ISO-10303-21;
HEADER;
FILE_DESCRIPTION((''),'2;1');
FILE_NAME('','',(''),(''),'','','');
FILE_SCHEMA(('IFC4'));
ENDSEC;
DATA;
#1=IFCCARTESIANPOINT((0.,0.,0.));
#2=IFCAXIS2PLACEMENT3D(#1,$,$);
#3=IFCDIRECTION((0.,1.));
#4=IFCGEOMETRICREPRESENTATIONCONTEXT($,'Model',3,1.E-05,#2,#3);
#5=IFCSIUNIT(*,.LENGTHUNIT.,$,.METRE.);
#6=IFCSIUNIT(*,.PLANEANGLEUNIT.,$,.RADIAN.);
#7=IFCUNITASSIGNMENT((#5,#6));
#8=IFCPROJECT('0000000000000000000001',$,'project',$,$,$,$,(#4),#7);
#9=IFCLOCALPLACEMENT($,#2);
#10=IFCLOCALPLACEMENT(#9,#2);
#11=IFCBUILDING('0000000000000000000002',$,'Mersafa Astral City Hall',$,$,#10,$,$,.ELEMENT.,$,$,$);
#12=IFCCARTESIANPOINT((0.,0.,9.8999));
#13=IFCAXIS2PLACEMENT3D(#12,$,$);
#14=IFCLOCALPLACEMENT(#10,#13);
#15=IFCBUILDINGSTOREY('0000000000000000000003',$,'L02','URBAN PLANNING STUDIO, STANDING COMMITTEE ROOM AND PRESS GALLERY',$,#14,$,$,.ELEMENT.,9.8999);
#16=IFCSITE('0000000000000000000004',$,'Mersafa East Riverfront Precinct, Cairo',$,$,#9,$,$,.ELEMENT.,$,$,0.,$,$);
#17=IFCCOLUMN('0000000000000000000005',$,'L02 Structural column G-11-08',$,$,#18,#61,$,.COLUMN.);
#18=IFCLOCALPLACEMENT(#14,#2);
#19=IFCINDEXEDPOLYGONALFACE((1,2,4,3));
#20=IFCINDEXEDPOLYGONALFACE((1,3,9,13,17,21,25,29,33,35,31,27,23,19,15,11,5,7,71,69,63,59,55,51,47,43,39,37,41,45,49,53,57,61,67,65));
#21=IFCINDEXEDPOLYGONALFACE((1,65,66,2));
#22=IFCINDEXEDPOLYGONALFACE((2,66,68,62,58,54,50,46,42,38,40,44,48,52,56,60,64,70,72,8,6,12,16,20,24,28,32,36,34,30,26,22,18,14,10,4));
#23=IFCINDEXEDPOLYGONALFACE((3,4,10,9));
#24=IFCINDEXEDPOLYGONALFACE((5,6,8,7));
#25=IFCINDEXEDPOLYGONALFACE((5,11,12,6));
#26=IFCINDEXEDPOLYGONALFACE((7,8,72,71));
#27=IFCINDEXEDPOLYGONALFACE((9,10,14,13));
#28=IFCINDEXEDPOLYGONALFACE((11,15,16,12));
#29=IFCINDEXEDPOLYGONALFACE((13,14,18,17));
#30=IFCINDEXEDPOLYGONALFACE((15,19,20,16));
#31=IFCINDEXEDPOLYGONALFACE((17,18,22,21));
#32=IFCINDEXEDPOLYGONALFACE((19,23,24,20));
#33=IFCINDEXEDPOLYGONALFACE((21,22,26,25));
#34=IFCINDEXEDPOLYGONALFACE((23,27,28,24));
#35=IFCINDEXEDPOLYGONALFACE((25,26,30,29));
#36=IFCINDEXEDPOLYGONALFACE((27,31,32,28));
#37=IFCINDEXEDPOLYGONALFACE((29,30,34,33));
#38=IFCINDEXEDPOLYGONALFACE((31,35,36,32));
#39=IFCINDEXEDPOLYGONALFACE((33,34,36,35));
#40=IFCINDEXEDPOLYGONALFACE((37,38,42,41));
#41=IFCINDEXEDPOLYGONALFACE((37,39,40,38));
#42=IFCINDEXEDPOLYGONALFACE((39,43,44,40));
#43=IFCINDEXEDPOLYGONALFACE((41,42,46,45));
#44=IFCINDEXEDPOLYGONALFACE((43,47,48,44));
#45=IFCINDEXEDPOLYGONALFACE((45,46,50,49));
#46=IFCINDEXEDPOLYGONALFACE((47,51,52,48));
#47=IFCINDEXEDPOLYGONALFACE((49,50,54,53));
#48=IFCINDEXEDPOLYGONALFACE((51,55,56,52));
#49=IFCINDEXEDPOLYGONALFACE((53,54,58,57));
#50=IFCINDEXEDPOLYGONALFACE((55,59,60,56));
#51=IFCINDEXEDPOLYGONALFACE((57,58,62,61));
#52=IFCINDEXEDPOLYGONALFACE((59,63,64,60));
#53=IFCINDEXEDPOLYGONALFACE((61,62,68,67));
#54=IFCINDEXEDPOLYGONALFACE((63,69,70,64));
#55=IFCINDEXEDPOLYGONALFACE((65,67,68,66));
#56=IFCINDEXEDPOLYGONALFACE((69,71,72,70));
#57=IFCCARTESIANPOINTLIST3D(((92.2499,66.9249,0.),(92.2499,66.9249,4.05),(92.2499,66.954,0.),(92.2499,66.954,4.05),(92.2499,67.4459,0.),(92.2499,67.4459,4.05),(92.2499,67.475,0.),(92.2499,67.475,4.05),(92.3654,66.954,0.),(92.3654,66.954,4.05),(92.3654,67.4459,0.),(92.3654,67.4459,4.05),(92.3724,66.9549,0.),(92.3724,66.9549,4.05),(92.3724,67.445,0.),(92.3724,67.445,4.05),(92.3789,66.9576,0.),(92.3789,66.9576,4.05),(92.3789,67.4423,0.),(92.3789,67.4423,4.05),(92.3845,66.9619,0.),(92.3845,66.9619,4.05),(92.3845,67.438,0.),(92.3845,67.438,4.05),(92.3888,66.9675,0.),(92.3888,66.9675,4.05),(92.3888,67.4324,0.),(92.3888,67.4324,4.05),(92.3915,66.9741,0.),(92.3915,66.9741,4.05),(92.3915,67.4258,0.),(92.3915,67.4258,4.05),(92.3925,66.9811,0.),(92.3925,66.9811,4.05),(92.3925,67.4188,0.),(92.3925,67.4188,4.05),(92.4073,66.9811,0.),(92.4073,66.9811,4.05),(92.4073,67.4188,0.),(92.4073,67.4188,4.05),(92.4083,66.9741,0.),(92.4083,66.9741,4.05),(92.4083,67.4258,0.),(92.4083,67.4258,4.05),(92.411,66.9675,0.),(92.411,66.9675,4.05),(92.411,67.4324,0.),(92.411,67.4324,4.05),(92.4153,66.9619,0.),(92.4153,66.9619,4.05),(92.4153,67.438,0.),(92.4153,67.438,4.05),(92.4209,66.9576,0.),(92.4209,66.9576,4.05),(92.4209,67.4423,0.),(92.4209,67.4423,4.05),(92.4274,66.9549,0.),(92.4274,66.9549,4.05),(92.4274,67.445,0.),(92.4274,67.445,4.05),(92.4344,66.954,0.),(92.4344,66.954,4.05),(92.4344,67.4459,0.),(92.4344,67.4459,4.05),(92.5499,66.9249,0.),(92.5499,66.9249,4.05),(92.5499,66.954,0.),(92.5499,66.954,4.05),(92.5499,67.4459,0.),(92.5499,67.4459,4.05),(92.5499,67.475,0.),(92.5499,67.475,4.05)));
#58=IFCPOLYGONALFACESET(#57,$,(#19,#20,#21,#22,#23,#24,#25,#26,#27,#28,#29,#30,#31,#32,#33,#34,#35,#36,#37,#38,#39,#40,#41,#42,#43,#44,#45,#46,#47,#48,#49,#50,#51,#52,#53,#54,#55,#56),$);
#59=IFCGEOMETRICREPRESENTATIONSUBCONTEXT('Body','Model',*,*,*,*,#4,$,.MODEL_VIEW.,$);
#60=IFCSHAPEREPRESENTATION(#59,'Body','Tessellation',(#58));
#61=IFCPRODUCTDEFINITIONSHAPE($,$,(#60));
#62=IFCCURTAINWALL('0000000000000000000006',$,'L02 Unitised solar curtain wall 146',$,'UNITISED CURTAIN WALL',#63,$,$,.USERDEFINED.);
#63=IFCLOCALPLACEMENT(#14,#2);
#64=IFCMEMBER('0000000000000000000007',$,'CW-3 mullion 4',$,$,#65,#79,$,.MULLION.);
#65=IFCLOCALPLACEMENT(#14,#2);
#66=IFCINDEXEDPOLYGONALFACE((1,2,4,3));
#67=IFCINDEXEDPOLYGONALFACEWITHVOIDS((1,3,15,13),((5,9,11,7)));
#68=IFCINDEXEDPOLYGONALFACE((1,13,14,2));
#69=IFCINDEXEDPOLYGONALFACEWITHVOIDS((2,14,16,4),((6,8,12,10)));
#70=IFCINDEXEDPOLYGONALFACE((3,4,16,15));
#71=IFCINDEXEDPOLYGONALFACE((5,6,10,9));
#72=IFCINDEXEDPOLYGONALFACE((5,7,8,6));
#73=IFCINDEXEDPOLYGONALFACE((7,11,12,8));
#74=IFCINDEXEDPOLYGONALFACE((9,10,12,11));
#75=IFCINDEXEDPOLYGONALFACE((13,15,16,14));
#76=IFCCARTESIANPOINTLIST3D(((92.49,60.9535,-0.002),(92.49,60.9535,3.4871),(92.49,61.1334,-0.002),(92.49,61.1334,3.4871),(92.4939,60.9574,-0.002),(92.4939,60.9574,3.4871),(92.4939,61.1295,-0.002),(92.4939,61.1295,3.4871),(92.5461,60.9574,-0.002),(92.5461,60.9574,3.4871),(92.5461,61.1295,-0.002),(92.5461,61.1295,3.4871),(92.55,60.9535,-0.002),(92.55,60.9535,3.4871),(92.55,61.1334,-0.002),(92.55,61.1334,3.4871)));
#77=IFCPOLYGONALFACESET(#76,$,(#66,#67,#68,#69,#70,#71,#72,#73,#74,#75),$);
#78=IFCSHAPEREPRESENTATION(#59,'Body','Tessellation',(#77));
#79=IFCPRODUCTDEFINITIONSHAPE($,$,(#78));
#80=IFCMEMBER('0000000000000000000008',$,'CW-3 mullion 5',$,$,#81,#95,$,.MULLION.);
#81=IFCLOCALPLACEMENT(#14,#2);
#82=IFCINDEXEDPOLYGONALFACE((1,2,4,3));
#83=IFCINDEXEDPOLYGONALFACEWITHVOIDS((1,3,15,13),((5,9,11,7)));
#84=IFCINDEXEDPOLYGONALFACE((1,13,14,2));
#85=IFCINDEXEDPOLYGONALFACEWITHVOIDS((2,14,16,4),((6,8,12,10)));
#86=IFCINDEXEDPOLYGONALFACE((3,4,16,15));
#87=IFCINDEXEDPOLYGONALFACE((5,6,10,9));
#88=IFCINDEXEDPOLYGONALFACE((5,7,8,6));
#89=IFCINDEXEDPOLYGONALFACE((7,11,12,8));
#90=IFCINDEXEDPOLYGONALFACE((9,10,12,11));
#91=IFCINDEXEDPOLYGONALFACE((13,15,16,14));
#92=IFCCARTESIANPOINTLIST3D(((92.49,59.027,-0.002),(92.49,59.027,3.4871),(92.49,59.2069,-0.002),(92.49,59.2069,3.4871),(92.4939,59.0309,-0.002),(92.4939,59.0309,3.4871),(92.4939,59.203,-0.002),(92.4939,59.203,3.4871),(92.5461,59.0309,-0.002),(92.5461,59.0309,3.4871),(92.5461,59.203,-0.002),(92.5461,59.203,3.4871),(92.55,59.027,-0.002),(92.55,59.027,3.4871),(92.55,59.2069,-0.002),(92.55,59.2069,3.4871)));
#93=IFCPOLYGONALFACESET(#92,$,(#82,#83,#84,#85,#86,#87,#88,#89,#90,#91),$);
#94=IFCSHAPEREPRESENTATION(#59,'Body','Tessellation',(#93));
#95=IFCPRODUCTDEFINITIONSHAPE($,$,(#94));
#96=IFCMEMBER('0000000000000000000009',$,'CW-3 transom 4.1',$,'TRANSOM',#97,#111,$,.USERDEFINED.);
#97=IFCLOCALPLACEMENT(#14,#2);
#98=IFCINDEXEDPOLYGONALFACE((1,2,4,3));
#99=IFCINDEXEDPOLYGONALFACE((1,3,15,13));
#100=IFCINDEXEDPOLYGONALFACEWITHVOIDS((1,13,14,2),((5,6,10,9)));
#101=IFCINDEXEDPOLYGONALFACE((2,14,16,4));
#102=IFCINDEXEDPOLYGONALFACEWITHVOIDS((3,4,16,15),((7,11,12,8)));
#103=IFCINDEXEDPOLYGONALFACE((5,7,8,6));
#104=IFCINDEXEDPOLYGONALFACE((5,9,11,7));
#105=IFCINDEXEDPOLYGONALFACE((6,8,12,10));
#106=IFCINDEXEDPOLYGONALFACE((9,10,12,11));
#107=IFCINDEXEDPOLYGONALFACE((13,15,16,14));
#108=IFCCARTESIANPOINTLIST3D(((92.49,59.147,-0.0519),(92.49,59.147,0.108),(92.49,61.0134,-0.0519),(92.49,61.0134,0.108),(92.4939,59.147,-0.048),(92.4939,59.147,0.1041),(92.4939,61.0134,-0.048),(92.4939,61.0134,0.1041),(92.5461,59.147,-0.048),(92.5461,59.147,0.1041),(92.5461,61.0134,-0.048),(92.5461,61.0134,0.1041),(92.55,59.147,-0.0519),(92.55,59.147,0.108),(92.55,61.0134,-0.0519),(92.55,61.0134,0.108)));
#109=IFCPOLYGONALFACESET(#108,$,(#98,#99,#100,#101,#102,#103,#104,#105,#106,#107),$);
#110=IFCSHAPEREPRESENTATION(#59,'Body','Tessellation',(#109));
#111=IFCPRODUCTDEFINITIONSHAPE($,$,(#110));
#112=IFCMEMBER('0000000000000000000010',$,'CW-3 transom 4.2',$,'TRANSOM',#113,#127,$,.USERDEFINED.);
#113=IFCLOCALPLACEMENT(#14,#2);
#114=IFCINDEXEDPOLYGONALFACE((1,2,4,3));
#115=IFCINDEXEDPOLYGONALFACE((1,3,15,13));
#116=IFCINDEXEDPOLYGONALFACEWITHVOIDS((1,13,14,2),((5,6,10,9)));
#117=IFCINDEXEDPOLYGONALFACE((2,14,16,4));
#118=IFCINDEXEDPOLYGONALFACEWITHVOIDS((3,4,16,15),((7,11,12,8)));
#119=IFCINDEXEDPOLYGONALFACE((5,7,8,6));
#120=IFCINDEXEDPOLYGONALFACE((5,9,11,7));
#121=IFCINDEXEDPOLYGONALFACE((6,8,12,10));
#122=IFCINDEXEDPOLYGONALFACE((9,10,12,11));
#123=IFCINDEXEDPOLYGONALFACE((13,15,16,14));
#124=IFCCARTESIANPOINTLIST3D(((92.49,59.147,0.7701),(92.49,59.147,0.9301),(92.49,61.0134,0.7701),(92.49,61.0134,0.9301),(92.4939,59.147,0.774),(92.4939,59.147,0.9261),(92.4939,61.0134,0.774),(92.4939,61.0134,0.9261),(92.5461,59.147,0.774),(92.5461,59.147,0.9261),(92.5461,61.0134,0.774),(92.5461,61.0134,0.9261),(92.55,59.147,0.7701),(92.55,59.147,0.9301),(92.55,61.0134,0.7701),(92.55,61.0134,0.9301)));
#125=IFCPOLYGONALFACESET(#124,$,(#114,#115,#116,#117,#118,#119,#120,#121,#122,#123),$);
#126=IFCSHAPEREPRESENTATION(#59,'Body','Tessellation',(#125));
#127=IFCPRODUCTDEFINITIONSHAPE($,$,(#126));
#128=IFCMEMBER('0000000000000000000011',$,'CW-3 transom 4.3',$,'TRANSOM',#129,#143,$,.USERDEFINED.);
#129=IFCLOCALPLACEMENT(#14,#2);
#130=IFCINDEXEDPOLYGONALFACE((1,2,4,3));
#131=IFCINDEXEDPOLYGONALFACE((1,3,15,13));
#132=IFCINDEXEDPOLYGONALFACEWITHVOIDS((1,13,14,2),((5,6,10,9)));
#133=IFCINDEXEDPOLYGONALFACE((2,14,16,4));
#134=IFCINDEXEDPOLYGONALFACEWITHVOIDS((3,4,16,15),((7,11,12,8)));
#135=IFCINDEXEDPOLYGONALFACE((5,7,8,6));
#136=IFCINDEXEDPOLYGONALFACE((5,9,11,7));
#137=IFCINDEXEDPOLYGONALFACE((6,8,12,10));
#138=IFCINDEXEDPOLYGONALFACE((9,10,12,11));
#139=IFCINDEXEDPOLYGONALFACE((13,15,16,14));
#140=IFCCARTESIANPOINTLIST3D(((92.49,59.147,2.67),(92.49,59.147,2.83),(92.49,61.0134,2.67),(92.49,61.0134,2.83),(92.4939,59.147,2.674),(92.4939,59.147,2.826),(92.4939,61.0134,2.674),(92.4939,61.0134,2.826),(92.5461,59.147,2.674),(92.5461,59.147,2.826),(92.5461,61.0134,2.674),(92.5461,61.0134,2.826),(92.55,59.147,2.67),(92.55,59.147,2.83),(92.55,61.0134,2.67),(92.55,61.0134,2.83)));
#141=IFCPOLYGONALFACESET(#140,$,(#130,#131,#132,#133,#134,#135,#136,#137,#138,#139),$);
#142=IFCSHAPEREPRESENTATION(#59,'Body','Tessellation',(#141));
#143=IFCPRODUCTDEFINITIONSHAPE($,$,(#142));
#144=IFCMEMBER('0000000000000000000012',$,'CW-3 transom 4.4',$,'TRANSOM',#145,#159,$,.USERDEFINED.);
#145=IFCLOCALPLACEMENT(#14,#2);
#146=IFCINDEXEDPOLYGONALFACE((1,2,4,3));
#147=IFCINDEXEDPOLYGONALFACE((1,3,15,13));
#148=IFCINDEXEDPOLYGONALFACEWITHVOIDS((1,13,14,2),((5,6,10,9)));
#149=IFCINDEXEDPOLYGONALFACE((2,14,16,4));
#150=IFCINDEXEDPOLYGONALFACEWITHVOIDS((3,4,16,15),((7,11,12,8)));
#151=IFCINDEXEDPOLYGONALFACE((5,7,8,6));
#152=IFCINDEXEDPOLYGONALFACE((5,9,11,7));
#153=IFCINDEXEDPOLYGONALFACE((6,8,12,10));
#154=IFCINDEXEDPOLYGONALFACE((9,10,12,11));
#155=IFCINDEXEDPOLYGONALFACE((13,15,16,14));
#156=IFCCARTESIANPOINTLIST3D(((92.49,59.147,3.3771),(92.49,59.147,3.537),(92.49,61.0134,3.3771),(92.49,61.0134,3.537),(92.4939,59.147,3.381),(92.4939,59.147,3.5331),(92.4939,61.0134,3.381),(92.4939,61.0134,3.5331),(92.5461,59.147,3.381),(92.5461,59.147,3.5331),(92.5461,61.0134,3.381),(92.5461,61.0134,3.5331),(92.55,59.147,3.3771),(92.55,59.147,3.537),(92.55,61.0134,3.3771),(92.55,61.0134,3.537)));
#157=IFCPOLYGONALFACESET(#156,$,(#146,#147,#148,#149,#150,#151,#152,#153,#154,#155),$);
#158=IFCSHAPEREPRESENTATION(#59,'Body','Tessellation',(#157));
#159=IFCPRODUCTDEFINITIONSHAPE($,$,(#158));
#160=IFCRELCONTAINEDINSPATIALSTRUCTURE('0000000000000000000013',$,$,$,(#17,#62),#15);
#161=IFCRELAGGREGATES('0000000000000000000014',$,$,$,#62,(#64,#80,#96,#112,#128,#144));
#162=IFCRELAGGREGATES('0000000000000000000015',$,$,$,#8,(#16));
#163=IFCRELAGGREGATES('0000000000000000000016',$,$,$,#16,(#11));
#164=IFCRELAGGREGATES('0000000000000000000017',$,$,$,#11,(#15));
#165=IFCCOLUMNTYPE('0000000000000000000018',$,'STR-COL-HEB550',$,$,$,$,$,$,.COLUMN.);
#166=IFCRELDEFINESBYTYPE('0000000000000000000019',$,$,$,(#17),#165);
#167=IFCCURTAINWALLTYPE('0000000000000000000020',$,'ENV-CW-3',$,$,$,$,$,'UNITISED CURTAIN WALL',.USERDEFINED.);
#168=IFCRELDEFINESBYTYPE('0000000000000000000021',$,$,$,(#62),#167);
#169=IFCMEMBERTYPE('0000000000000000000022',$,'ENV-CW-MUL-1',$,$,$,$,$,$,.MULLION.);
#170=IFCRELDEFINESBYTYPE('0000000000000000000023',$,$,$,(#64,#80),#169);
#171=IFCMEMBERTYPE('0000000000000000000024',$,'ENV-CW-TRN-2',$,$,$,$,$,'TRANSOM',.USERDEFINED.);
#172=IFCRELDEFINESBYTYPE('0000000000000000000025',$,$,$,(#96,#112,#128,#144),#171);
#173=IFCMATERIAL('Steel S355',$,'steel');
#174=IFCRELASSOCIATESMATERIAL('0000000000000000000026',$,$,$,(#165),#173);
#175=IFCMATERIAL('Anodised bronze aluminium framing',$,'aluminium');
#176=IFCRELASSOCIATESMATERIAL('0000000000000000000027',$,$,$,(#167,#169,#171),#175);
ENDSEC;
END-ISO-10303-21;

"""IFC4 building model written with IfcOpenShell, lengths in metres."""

from ifc_helpers import new_model, si_unit, direction, frame, origin, origin_2d, place, context, subcontext, project, spatial, hollow_rectangle, i_section, extrude, material, material_profile, profile_set, type_object, element, aggregate, save


model = new_model("IFC4")

# Units and contexts
model_context = context("Model", 3, precision=1e-05, world=origin(), true_north=direction((0.0, 1.0)))
body_context = subcontext(model_context, "Body", "Model", "MODEL_VIEW")
ifc_project = project(units=[si_unit("LENGTHUNIT", "METRE"), si_unit("PLANEANGLEUNIT", "RADIAN")], contexts=[model_context])

# Site, building, storey
site_placement = place(None, origin())
site = spatial("IfcSite", under=ifc_project, at=site_placement, Name="Mersafa East Riverfront Precinct, Cairo", CompositionType="ELEMENT", RefElevation=0.0)
building_placement = place(site_placement, origin())
building = spatial("IfcBuilding", under=site, at=building_placement, Name="Mersafa Astral City Hall", CompositionType="ELEMENT")
storey_placement = place(building_placement, frame((0.0, 0.0, 9.8999)))
storey = spatial("IfcBuildingStorey", under=building, at=storey_placement, Name="L02", Description="URBAN PLANNING STUDIO, STANDING COMMITTEE ROOM AND PRESS GALLERY", CompositionType="ELEMENT", Elevation=9.8999)

# Column
ifc_material_1 = material(Name="Steel S355", Category="steel")
ifc_material_profile_1 = material_profile(ifc_material_1, i_section(OverallWidth=0.3, OverallDepth=0.55, WebThickness=0.0149, FlangeThickness=0.0291, FilletRadius=0.0271, at=origin_2d()), Name="HEB 550")
ifc_profile_set_1 = profile_set([ifc_material_profile_1], Name="Steel S355")
column_type = type_object("IfcColumnType", Name="STR-COL-HEB550", PredefinedType="COLUMN", material=ifc_profile_set_1)
column_placement = place(storey_placement, frame((92.3999, 67.2, 0.0), z_axis=(0.0, 0.0, 1.0), x_axis=(1.0, 0.0, 0.0)))
element("IfcColumn", 1, at=column_placement, inside=storey, type_object=column_type, Name="L02 Structural column G-11-08", PredefinedType="COLUMN", context=body_context, shape_type="SweptSolid", body=[
    extrude(i_section(OverallWidth=0.3, OverallDepth=0.55, WebThickness=0.0149, FlangeThickness=0.0291, FilletRadius=0.0271, at=origin_2d()), origin(), (0.0, 0.0, 1.0), 4.05),
])

# Curtain wall, members
ifc_material_2 = material(Name="Anodised bronze aluminium framing", Category="aluminium")
curtain_wall_type = type_object("IfcCurtainWallType", Name="ENV-CW-3", ElementType="UNITISED CURTAIN WALL", PredefinedType="USERDEFINED", material=ifc_material_2)
curtain_wall_placement = place(storey_placement, origin())
curtain_wall = element("IfcCurtainWall", 2, at=curtain_wall_placement, inside=storey, type_object=curtain_wall_type, Name="L02 Unitised solar curtain wall 146", ObjectType="UNITISED CURTAIN WALL", PredefinedType="USERDEFINED")
ifc_material_profile_2 = material_profile(ifc_material_2, hollow_rectangle(XDim=0.0601, YDim=0.1799, WallThickness=0.0039, at=origin_2d()), Name="RHS 60x180x4")
ifc_profile_set_2 = profile_set([ifc_material_profile_2], Name="Anodised bronze aluminium framing")
member_type_1 = type_object("IfcMemberType", Name="ENV-CW-MUL-1", PredefinedType="MULLION", material=ifc_profile_set_2)
member_1_placement = place(storey_placement, frame((92.52, 61.0435, -0.002), z_axis=(0.0, 0.0, 1.0), x_axis=(1.0, 0.0, 0.0)))
member_1 = element("IfcMember", 3, at=member_1_placement, type_object=member_type_1, Name="CW-3 mullion 4", PredefinedType="MULLION", context=body_context, shape_type="SweptSolid", body=[
    extrude(hollow_rectangle(XDim=0.0601, YDim=0.1799, WallThickness=0.0039, at=origin_2d()), origin(), (0.0, 0.0, 1.0), 3.489),
])
member_2_placement = place(storey_placement, frame((92.52, 59.1169, -0.002), z_axis=(0.0, 0.0, 1.0), x_axis=(1.0, 0.0, 0.0)))
member_2 = element("IfcMember", 4, at=member_2_placement, type_object=member_type_1, Name="CW-3 mullion 5", PredefinedType="MULLION", context=body_context, shape_type="SweptSolid", body=[
    extrude(hollow_rectangle(XDim=0.0601, YDim=0.1799, WallThickness=0.0039, at=origin_2d()), origin(), (0.0, 0.0, 1.0), 3.489),
])
ifc_material_profile_3 = material_profile(ifc_material_2, hollow_rectangle(XDim=0.0601, YDim=0.1599, WallThickness=0.0039, at=origin_2d()), Name="RHS 60x160x4")
ifc_profile_set_3 = profile_set([ifc_material_profile_3], Name="Anodised bronze aluminium framing")
member_type_2 = type_object("IfcMemberType", Name="ENV-CW-TRN-2", ElementType="TRANSOM", PredefinedType="USERDEFINED", material=ifc_profile_set_3)
member_3_placement = place(storey_placement, frame((92.52, 61.0134, 0.0281), z_axis=(0.0, -1.0, 0.0), x_axis=(1.0, 0.0, 0.0)))
member_3 = element("IfcMember", 5, at=member_3_placement, type_object=member_type_2, Name="CW-3 transom 4.1", ObjectType="TRANSOM", PredefinedType="USERDEFINED", context=body_context, shape_type="SweptSolid", body=[
    extrude(hollow_rectangle(XDim=0.0601, YDim=0.1599, WallThickness=0.0039, at=origin_2d()), origin(), (0.0, 0.0, 1.0), 1.8665),
])
member_4_placement = place(storey_placement, frame((92.52, 61.0134, 0.8501), z_axis=(0.0, -1.0, 0.0), x_axis=(1.0, 0.0, 0.0)))
member_4 = element("IfcMember", 6, at=member_4_placement, type_object=member_type_2, Name="CW-3 transom 4.2", ObjectType="TRANSOM", PredefinedType="USERDEFINED", context=body_context, shape_type="SweptSolid", body=[
    extrude(hollow_rectangle(XDim=0.0601, YDim=0.1599, WallThickness=0.0039, at=origin_2d()), origin(), (0.0, 0.0, 1.0), 1.8665),
])
member_5_placement = place(storey_placement, frame((92.52, 61.0134, 2.75), z_axis=(0.0, -1.0, 0.0), x_axis=(1.0, 0.0, 0.0)))
member_5 = element("IfcMember", 7, at=member_5_placement, type_object=member_type_2, Name="CW-3 transom 4.3", ObjectType="TRANSOM", PredefinedType="USERDEFINED", context=body_context, shape_type="SweptSolid", body=[
    extrude(hollow_rectangle(XDim=0.0601, YDim=0.1599, WallThickness=0.0039, at=origin_2d()), origin(), (0.0, 0.0, 1.0), 1.8665),
])
member_6_placement = place(storey_placement, frame((92.52, 61.0134, 3.457), z_axis=(0.0, -1.0, 0.0), x_axis=(1.0, 0.0, 0.0)))
member_6 = element("IfcMember", 8, at=member_6_placement, type_object=member_type_2, Name="CW-3 transom 4.4", ObjectType="TRANSOM", PredefinedType="USERDEFINED", context=body_context, shape_type="SweptSolid", body=[
    extrude(hollow_rectangle(XDim=0.0601, YDim=0.1599, WallThickness=0.0039, at=origin_2d()), origin(), (0.0, 0.0, 1.0), 1.8665),
])

aggregate(curtain_wall, [member_1, member_2, member_3, member_4, member_5, member_6])

save(model, "model.ifc")
